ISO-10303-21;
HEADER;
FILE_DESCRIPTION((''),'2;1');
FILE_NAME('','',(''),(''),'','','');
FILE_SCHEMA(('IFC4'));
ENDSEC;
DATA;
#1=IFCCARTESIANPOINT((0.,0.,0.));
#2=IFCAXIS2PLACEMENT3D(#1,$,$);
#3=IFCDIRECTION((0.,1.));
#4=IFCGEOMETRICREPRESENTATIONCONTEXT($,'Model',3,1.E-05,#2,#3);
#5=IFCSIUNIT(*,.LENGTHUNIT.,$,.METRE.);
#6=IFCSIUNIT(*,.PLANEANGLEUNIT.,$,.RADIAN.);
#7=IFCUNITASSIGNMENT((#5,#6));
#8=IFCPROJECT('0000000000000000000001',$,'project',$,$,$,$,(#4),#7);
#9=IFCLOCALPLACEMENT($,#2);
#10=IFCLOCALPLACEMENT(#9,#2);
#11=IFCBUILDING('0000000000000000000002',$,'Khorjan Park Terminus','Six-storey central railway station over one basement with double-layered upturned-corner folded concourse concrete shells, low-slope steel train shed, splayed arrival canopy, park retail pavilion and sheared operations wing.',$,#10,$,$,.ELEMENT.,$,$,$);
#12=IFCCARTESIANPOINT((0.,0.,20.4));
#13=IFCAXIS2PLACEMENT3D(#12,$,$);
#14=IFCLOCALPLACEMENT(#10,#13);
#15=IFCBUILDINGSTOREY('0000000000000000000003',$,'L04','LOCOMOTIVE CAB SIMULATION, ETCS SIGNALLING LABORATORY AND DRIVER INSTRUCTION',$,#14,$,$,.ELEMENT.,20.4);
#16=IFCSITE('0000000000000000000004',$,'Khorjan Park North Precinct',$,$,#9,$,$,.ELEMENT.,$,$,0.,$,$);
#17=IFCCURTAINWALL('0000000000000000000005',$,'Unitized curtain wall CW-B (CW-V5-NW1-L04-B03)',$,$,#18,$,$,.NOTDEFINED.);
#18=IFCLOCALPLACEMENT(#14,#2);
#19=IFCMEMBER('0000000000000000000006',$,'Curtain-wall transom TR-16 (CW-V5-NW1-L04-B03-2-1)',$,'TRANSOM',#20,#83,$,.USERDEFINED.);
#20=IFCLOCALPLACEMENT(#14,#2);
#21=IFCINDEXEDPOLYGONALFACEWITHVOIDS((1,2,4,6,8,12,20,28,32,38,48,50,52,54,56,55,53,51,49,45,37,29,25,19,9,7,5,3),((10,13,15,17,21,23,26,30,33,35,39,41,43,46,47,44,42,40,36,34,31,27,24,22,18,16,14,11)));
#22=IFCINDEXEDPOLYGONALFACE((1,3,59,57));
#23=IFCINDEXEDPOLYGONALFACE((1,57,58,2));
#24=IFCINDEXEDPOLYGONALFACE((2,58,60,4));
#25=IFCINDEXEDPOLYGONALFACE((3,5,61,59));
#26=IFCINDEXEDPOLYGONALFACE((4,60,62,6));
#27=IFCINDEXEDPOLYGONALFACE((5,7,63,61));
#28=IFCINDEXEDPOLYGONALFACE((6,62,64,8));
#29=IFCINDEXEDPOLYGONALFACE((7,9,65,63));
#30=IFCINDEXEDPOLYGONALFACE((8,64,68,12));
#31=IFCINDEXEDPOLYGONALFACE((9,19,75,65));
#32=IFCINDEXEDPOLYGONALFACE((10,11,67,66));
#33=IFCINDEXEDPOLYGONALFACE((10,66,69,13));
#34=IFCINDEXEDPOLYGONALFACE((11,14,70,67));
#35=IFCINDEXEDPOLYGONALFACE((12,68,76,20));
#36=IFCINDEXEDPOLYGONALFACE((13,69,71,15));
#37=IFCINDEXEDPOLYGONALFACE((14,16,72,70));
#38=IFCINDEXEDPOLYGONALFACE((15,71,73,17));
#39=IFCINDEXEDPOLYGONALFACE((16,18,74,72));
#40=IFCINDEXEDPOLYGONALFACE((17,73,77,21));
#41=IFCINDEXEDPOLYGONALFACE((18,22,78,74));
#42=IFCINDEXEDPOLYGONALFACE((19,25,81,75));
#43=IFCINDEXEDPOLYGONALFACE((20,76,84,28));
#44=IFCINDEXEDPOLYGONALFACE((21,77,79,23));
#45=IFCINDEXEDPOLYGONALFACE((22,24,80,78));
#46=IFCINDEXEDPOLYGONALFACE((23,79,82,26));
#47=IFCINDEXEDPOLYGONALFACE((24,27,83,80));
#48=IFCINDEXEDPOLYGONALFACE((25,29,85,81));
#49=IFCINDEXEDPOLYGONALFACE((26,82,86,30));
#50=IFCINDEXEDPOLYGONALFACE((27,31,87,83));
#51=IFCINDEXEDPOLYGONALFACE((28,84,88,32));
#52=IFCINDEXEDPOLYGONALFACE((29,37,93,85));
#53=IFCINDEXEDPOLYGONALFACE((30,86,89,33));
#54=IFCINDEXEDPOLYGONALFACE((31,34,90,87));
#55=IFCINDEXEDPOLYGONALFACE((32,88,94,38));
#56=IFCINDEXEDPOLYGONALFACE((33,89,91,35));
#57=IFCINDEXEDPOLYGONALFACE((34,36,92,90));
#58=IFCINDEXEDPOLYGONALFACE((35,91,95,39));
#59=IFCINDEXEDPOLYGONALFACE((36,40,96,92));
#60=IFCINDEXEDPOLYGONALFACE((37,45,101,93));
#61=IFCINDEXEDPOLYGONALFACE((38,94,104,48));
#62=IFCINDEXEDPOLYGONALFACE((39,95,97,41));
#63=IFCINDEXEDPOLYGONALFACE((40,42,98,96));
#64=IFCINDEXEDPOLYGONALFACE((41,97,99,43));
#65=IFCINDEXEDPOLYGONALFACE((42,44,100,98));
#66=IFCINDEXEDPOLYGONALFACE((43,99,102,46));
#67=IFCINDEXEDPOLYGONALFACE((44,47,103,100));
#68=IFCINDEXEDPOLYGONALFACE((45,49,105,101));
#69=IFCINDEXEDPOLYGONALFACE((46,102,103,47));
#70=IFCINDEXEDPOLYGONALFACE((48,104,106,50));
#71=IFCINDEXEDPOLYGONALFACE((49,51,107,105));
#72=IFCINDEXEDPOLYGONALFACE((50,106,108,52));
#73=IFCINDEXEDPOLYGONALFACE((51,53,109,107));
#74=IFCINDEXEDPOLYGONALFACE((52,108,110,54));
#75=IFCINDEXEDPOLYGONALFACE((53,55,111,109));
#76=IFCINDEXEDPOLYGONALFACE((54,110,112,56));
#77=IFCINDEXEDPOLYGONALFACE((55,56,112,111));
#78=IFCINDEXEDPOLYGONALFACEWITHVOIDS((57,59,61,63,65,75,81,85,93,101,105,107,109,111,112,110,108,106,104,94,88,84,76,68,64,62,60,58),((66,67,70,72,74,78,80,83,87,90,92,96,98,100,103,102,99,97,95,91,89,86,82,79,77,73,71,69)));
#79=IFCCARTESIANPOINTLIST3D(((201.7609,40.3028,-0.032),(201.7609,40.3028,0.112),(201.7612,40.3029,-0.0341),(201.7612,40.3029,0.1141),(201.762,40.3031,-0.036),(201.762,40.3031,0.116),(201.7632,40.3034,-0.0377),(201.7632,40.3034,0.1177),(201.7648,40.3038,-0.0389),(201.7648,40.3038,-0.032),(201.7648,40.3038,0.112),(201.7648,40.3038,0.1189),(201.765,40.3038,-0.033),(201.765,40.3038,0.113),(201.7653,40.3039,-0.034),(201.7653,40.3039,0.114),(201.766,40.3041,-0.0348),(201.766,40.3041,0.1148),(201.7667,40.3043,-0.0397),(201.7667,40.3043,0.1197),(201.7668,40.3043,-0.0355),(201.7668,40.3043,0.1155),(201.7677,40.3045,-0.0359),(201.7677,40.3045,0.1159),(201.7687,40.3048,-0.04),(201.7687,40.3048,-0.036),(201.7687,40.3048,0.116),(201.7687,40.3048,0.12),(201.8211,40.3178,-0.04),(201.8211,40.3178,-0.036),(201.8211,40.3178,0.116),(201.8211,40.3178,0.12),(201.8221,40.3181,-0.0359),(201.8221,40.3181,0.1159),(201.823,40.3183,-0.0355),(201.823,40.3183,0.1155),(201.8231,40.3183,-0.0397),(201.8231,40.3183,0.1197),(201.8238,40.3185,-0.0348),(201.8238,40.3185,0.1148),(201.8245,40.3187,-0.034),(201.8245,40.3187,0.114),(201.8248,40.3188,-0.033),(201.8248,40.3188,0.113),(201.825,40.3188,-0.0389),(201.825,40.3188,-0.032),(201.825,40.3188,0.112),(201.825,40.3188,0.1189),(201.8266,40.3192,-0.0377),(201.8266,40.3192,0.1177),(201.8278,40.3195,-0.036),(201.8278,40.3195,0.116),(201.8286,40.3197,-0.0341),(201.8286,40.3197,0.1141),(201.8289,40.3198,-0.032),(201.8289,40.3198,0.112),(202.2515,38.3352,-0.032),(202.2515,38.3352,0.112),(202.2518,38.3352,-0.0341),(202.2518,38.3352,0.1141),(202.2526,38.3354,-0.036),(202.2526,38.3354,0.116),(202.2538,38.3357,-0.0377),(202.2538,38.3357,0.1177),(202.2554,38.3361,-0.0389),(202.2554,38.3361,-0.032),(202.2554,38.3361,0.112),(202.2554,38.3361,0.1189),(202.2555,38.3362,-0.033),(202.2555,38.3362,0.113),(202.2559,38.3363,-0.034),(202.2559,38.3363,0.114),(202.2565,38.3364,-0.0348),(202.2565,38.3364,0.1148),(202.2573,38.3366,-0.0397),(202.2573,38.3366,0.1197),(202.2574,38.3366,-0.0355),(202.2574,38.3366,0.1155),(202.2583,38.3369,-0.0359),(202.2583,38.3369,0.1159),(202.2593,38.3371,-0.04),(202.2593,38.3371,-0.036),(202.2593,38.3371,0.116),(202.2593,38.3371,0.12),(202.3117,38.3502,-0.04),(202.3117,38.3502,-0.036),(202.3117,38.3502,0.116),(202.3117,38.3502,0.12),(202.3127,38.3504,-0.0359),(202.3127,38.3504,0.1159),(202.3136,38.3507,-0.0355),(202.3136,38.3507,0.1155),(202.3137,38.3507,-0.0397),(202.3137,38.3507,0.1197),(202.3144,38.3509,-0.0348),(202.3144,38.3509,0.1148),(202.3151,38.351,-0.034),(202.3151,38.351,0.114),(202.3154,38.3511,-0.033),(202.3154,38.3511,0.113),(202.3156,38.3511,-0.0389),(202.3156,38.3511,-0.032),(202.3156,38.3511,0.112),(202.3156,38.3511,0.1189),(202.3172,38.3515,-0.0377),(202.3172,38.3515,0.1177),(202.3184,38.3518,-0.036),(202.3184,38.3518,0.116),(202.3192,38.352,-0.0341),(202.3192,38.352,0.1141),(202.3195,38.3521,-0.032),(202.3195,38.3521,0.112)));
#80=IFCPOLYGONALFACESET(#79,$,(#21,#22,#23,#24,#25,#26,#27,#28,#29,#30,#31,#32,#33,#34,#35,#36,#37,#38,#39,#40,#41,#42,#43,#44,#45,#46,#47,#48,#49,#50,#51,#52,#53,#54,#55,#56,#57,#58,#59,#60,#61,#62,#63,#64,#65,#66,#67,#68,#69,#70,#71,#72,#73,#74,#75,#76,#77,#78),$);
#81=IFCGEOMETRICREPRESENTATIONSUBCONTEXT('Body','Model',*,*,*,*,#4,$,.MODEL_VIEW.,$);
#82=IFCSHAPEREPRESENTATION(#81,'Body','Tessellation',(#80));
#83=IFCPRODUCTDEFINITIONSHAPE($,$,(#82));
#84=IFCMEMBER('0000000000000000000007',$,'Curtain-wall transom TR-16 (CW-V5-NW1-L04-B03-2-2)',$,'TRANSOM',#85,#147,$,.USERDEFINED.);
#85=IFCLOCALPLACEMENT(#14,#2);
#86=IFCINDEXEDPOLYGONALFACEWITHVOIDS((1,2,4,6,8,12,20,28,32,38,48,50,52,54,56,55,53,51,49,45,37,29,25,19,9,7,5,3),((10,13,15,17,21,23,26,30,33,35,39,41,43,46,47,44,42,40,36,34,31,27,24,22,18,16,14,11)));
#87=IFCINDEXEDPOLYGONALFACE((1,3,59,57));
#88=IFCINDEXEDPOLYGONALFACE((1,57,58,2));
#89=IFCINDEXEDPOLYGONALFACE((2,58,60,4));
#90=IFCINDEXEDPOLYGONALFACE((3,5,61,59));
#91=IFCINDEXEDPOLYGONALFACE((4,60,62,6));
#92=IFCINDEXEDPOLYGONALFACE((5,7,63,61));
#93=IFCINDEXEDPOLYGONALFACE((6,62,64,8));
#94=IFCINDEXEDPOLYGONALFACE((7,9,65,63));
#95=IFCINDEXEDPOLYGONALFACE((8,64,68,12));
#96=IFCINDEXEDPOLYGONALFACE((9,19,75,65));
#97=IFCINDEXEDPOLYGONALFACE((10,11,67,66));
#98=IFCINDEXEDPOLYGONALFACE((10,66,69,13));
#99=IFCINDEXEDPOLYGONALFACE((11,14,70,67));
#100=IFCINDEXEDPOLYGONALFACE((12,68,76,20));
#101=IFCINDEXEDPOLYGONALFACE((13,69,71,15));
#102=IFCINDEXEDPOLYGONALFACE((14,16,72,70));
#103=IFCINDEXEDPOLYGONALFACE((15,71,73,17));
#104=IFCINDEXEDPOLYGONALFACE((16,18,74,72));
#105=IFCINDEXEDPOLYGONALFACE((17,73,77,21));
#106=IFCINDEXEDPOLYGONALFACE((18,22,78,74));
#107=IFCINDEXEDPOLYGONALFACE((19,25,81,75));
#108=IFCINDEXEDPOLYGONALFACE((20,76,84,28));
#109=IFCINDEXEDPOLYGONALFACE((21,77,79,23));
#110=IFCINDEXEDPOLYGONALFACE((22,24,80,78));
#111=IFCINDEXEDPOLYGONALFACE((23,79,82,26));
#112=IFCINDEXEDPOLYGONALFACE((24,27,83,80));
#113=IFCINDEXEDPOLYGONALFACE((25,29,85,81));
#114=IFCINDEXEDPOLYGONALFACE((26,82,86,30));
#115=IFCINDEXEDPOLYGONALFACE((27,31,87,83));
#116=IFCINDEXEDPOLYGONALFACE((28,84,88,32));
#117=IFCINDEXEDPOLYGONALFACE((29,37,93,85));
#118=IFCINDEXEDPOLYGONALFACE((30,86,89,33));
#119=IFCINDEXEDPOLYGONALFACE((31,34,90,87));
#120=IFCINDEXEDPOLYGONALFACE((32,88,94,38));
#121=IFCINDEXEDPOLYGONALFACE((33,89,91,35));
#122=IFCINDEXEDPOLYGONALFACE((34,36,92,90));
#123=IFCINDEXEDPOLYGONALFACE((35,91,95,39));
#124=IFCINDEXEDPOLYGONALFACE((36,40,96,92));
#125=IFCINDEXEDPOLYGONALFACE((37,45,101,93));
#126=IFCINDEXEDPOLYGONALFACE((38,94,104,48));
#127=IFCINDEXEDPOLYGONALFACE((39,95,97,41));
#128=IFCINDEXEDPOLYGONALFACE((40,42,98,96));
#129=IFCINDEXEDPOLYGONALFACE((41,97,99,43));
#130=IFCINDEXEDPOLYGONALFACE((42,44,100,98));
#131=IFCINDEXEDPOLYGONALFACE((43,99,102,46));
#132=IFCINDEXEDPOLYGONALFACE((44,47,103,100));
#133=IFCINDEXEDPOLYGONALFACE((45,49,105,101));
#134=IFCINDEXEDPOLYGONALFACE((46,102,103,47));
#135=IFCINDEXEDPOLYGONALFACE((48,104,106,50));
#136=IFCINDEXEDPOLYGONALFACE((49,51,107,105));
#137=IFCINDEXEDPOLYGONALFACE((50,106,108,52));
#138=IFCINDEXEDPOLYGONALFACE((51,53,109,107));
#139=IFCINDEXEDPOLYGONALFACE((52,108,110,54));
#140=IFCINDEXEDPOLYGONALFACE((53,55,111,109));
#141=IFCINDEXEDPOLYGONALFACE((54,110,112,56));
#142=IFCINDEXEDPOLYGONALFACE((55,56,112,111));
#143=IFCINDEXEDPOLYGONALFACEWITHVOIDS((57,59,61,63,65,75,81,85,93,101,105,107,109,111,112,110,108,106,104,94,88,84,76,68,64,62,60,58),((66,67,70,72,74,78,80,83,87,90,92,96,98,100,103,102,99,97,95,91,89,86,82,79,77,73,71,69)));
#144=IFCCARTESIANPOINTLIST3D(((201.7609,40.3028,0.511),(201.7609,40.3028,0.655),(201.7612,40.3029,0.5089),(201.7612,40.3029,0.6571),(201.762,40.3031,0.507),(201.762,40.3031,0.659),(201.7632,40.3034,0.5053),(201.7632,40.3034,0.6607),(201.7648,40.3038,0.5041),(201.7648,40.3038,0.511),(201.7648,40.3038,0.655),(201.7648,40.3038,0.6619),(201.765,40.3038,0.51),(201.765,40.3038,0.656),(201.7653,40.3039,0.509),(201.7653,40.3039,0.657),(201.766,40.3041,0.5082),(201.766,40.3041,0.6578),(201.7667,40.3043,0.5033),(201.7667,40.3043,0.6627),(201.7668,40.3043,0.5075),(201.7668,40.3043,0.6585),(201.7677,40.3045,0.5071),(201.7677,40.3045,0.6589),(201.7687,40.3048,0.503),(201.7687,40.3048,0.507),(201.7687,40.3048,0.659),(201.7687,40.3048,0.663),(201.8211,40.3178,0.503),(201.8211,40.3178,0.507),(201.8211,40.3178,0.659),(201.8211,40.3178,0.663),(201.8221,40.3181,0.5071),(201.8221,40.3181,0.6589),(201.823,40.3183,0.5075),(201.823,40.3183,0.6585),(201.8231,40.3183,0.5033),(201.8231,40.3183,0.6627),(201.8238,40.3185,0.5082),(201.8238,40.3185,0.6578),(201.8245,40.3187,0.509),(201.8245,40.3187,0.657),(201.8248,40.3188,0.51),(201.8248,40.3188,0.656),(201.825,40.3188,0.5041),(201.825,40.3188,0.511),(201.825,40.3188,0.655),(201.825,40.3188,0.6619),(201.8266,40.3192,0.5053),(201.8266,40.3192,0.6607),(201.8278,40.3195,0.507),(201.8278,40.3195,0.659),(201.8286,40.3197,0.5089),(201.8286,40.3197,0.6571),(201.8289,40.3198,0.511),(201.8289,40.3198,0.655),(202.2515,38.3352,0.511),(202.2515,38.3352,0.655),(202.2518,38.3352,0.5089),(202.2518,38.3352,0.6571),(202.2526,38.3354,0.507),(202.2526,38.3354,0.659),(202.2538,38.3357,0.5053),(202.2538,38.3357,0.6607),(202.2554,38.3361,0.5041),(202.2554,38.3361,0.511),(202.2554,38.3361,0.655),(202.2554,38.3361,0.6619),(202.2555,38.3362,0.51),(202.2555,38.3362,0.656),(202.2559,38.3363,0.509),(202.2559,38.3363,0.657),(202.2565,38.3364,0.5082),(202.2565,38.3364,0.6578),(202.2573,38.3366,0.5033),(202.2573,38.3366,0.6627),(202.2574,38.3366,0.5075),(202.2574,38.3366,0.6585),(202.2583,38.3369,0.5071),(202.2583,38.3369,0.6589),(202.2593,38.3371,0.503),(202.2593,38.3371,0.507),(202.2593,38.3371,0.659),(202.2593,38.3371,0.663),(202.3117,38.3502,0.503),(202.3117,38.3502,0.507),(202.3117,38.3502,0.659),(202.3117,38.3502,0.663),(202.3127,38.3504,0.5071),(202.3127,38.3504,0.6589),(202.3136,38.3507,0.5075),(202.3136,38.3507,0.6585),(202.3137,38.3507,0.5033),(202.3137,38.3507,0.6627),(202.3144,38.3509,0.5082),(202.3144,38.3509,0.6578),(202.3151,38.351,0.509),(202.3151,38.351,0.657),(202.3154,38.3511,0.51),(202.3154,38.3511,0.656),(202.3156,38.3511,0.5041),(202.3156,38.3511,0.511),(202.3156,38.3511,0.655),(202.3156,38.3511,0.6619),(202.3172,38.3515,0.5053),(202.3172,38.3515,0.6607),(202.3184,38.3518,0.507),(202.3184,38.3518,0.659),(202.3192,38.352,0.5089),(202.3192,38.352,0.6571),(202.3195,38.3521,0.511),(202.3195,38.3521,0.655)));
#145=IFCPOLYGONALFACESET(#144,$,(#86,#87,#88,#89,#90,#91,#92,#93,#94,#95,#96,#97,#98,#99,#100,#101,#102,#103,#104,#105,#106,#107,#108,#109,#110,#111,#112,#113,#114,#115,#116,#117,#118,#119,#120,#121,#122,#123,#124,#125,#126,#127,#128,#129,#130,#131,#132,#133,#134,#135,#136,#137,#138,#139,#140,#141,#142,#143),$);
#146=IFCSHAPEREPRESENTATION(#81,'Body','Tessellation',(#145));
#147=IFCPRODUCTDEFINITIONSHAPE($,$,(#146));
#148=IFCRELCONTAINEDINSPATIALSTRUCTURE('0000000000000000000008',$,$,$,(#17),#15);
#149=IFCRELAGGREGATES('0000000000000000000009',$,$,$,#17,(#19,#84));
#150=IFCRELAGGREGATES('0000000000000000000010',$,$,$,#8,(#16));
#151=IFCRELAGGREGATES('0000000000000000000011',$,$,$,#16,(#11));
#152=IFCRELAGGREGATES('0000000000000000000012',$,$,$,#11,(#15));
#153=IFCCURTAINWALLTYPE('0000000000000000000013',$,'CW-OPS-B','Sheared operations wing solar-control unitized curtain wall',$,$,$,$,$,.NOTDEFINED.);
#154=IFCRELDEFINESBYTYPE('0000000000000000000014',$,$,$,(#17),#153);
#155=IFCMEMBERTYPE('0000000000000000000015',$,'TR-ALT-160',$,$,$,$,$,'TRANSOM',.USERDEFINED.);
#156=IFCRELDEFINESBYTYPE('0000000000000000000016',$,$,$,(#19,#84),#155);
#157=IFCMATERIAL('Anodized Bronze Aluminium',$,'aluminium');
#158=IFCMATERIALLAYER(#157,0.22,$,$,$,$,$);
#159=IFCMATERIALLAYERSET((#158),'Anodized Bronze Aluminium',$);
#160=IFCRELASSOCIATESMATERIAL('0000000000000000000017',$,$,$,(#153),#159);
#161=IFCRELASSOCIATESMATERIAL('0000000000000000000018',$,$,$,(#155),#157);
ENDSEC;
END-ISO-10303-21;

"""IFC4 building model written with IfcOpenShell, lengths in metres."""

from ifc_helpers import new_model, si_unit, direction, frame, origin, origin_2d, place, context, subcontext, project, spatial, hollow_rectangle, extrude, material, layer, layer_set, material_profile, profile_set, type_object, element, aggregate, save


model = new_model("IFC4")

# Units and contexts
model_context = context("Model", 3, precision=1e-05, world=origin(), true_north=direction((0.0, 1.0)))
body_context = subcontext(model_context, "Body", "Model", "MODEL_VIEW")
ifc_project = project(units=[si_unit("LENGTHUNIT", "METRE"), si_unit("PLANEANGLEUNIT", "RADIAN")], contexts=[model_context])

# Site, building, storey
site_placement = place(None, origin())
site = spatial("IfcSite", under=ifc_project, at=site_placement, Name="Khorjan Park North Precinct", CompositionType="ELEMENT", RefElevation=0.0)
building_placement = place(site_placement, origin())
building = spatial("IfcBuilding", under=site, at=building_placement, Name="Khorjan Park Terminus", Description="Six-storey central railway station over one basement with double-layered upturned-corner folded concourse concrete shells, low-slope steel train shed, splayed arrival canopy, park retail pavilion and sheared operations wing.", CompositionType="ELEMENT")
storey_placement = place(building_placement, frame((0.0, 0.0, 20.4)))
storey = spatial("IfcBuildingStorey", under=building, at=storey_placement, Name="L04", Description="LOCOMOTIVE CAB SIMULATION, ETCS SIGNALLING LABORATORY AND DRIVER INSTRUCTION", CompositionType="ELEMENT", Elevation=20.4)

# Curtain wall, members
ifc_material_1 = material(Name="Anodized Bronze Aluminium", Category="aluminium")
ifc_layer_1 = layer(ifc_material_1, 0.22)
ifc_layer_set_1 = layer_set([ifc_layer_1], Name="Anodized Bronze Aluminium")
curtain_wall_type = type_object("IfcCurtainWallType", Name="CW-OPS-B", Description="Sheared operations wing solar-control unitized curtain wall", PredefinedType="NOTDEFINED", material=ifc_layer_set_1)
curtain_wall_1_placement = place(storey_placement, origin())
curtain_wall_1 = element("IfcCurtainWall", 1, at=curtain_wall_1_placement, inside=storey, type_object=curtain_wall_type, Name="Unitized curtain wall CW-B (CW-V5-NW1-L04-B03)", PredefinedType="NOTDEFINED")
ifc_material_profile_1 = material_profile(ifc_material_1, hollow_rectangle(XDim=0.07, YDim=0.16, WallThickness=0.004, InnerFilletRadius=0.004, OuterFilletRadius=0.008, at=origin_2d()), Name="ALT 70x160x4")
ifc_profile_set_1 = profile_set([ifc_material_profile_1], Name="Anodized Bronze Aluminium")
member_type_1 = type_object("IfcMemberType", Name="TR-ALT-160", ElementType="TRANSOM", PredefinedType="USERDEFINED", material=ifc_profile_set_1)
member_1_placement = place(storey_placement, frame((201.7949, 40.3113, 0.04), z_axis=(0.241921, -0.970296, 0.0), x_axis=(0.970296, 0.241921, 0.0)))
member_1 = element("IfcMember", 2, at=member_1_placement, type_object=member_type_1, Name="Curtain-wall transom TR-16 (CW-V5-NW1-L04-B03-2-1)", ObjectType="TRANSOM", PredefinedType="USERDEFINED", context=body_context, shape_type="SweptSolid", body=[
    extrude(hollow_rectangle(XDim=0.07, YDim=0.16, WallThickness=0.004, InnerFilletRadius=0.004, OuterFilletRadius=0.008, at=origin_2d()), origin(), (0.0, 0.0, 1.0), 2.0279),
])
member_2_placement = place(storey_placement, frame((201.7949, 40.3113, 0.583), z_axis=(0.241921, -0.970296, 0.0), x_axis=(0.970296, 0.241921, 0.0)))
member_2 = element("IfcMember", 3, at=member_2_placement, type_object=member_type_1, Name="Curtain-wall transom TR-16 (CW-V5-NW1-L04-B03-2-2)", ObjectType="TRANSOM", PredefinedType="USERDEFINED", context=body_context, shape_type="SweptSolid", body=[
    extrude(hollow_rectangle(XDim=0.07, YDim=0.16, WallThickness=0.004, InnerFilletRadius=0.004, OuterFilletRadius=0.008, at=origin_2d()), origin(), (0.0, 0.0, 1.0), 2.0279),
])

aggregate(curtain_wall_1, [member_1, member_2])

save(model, "model.ifc")
